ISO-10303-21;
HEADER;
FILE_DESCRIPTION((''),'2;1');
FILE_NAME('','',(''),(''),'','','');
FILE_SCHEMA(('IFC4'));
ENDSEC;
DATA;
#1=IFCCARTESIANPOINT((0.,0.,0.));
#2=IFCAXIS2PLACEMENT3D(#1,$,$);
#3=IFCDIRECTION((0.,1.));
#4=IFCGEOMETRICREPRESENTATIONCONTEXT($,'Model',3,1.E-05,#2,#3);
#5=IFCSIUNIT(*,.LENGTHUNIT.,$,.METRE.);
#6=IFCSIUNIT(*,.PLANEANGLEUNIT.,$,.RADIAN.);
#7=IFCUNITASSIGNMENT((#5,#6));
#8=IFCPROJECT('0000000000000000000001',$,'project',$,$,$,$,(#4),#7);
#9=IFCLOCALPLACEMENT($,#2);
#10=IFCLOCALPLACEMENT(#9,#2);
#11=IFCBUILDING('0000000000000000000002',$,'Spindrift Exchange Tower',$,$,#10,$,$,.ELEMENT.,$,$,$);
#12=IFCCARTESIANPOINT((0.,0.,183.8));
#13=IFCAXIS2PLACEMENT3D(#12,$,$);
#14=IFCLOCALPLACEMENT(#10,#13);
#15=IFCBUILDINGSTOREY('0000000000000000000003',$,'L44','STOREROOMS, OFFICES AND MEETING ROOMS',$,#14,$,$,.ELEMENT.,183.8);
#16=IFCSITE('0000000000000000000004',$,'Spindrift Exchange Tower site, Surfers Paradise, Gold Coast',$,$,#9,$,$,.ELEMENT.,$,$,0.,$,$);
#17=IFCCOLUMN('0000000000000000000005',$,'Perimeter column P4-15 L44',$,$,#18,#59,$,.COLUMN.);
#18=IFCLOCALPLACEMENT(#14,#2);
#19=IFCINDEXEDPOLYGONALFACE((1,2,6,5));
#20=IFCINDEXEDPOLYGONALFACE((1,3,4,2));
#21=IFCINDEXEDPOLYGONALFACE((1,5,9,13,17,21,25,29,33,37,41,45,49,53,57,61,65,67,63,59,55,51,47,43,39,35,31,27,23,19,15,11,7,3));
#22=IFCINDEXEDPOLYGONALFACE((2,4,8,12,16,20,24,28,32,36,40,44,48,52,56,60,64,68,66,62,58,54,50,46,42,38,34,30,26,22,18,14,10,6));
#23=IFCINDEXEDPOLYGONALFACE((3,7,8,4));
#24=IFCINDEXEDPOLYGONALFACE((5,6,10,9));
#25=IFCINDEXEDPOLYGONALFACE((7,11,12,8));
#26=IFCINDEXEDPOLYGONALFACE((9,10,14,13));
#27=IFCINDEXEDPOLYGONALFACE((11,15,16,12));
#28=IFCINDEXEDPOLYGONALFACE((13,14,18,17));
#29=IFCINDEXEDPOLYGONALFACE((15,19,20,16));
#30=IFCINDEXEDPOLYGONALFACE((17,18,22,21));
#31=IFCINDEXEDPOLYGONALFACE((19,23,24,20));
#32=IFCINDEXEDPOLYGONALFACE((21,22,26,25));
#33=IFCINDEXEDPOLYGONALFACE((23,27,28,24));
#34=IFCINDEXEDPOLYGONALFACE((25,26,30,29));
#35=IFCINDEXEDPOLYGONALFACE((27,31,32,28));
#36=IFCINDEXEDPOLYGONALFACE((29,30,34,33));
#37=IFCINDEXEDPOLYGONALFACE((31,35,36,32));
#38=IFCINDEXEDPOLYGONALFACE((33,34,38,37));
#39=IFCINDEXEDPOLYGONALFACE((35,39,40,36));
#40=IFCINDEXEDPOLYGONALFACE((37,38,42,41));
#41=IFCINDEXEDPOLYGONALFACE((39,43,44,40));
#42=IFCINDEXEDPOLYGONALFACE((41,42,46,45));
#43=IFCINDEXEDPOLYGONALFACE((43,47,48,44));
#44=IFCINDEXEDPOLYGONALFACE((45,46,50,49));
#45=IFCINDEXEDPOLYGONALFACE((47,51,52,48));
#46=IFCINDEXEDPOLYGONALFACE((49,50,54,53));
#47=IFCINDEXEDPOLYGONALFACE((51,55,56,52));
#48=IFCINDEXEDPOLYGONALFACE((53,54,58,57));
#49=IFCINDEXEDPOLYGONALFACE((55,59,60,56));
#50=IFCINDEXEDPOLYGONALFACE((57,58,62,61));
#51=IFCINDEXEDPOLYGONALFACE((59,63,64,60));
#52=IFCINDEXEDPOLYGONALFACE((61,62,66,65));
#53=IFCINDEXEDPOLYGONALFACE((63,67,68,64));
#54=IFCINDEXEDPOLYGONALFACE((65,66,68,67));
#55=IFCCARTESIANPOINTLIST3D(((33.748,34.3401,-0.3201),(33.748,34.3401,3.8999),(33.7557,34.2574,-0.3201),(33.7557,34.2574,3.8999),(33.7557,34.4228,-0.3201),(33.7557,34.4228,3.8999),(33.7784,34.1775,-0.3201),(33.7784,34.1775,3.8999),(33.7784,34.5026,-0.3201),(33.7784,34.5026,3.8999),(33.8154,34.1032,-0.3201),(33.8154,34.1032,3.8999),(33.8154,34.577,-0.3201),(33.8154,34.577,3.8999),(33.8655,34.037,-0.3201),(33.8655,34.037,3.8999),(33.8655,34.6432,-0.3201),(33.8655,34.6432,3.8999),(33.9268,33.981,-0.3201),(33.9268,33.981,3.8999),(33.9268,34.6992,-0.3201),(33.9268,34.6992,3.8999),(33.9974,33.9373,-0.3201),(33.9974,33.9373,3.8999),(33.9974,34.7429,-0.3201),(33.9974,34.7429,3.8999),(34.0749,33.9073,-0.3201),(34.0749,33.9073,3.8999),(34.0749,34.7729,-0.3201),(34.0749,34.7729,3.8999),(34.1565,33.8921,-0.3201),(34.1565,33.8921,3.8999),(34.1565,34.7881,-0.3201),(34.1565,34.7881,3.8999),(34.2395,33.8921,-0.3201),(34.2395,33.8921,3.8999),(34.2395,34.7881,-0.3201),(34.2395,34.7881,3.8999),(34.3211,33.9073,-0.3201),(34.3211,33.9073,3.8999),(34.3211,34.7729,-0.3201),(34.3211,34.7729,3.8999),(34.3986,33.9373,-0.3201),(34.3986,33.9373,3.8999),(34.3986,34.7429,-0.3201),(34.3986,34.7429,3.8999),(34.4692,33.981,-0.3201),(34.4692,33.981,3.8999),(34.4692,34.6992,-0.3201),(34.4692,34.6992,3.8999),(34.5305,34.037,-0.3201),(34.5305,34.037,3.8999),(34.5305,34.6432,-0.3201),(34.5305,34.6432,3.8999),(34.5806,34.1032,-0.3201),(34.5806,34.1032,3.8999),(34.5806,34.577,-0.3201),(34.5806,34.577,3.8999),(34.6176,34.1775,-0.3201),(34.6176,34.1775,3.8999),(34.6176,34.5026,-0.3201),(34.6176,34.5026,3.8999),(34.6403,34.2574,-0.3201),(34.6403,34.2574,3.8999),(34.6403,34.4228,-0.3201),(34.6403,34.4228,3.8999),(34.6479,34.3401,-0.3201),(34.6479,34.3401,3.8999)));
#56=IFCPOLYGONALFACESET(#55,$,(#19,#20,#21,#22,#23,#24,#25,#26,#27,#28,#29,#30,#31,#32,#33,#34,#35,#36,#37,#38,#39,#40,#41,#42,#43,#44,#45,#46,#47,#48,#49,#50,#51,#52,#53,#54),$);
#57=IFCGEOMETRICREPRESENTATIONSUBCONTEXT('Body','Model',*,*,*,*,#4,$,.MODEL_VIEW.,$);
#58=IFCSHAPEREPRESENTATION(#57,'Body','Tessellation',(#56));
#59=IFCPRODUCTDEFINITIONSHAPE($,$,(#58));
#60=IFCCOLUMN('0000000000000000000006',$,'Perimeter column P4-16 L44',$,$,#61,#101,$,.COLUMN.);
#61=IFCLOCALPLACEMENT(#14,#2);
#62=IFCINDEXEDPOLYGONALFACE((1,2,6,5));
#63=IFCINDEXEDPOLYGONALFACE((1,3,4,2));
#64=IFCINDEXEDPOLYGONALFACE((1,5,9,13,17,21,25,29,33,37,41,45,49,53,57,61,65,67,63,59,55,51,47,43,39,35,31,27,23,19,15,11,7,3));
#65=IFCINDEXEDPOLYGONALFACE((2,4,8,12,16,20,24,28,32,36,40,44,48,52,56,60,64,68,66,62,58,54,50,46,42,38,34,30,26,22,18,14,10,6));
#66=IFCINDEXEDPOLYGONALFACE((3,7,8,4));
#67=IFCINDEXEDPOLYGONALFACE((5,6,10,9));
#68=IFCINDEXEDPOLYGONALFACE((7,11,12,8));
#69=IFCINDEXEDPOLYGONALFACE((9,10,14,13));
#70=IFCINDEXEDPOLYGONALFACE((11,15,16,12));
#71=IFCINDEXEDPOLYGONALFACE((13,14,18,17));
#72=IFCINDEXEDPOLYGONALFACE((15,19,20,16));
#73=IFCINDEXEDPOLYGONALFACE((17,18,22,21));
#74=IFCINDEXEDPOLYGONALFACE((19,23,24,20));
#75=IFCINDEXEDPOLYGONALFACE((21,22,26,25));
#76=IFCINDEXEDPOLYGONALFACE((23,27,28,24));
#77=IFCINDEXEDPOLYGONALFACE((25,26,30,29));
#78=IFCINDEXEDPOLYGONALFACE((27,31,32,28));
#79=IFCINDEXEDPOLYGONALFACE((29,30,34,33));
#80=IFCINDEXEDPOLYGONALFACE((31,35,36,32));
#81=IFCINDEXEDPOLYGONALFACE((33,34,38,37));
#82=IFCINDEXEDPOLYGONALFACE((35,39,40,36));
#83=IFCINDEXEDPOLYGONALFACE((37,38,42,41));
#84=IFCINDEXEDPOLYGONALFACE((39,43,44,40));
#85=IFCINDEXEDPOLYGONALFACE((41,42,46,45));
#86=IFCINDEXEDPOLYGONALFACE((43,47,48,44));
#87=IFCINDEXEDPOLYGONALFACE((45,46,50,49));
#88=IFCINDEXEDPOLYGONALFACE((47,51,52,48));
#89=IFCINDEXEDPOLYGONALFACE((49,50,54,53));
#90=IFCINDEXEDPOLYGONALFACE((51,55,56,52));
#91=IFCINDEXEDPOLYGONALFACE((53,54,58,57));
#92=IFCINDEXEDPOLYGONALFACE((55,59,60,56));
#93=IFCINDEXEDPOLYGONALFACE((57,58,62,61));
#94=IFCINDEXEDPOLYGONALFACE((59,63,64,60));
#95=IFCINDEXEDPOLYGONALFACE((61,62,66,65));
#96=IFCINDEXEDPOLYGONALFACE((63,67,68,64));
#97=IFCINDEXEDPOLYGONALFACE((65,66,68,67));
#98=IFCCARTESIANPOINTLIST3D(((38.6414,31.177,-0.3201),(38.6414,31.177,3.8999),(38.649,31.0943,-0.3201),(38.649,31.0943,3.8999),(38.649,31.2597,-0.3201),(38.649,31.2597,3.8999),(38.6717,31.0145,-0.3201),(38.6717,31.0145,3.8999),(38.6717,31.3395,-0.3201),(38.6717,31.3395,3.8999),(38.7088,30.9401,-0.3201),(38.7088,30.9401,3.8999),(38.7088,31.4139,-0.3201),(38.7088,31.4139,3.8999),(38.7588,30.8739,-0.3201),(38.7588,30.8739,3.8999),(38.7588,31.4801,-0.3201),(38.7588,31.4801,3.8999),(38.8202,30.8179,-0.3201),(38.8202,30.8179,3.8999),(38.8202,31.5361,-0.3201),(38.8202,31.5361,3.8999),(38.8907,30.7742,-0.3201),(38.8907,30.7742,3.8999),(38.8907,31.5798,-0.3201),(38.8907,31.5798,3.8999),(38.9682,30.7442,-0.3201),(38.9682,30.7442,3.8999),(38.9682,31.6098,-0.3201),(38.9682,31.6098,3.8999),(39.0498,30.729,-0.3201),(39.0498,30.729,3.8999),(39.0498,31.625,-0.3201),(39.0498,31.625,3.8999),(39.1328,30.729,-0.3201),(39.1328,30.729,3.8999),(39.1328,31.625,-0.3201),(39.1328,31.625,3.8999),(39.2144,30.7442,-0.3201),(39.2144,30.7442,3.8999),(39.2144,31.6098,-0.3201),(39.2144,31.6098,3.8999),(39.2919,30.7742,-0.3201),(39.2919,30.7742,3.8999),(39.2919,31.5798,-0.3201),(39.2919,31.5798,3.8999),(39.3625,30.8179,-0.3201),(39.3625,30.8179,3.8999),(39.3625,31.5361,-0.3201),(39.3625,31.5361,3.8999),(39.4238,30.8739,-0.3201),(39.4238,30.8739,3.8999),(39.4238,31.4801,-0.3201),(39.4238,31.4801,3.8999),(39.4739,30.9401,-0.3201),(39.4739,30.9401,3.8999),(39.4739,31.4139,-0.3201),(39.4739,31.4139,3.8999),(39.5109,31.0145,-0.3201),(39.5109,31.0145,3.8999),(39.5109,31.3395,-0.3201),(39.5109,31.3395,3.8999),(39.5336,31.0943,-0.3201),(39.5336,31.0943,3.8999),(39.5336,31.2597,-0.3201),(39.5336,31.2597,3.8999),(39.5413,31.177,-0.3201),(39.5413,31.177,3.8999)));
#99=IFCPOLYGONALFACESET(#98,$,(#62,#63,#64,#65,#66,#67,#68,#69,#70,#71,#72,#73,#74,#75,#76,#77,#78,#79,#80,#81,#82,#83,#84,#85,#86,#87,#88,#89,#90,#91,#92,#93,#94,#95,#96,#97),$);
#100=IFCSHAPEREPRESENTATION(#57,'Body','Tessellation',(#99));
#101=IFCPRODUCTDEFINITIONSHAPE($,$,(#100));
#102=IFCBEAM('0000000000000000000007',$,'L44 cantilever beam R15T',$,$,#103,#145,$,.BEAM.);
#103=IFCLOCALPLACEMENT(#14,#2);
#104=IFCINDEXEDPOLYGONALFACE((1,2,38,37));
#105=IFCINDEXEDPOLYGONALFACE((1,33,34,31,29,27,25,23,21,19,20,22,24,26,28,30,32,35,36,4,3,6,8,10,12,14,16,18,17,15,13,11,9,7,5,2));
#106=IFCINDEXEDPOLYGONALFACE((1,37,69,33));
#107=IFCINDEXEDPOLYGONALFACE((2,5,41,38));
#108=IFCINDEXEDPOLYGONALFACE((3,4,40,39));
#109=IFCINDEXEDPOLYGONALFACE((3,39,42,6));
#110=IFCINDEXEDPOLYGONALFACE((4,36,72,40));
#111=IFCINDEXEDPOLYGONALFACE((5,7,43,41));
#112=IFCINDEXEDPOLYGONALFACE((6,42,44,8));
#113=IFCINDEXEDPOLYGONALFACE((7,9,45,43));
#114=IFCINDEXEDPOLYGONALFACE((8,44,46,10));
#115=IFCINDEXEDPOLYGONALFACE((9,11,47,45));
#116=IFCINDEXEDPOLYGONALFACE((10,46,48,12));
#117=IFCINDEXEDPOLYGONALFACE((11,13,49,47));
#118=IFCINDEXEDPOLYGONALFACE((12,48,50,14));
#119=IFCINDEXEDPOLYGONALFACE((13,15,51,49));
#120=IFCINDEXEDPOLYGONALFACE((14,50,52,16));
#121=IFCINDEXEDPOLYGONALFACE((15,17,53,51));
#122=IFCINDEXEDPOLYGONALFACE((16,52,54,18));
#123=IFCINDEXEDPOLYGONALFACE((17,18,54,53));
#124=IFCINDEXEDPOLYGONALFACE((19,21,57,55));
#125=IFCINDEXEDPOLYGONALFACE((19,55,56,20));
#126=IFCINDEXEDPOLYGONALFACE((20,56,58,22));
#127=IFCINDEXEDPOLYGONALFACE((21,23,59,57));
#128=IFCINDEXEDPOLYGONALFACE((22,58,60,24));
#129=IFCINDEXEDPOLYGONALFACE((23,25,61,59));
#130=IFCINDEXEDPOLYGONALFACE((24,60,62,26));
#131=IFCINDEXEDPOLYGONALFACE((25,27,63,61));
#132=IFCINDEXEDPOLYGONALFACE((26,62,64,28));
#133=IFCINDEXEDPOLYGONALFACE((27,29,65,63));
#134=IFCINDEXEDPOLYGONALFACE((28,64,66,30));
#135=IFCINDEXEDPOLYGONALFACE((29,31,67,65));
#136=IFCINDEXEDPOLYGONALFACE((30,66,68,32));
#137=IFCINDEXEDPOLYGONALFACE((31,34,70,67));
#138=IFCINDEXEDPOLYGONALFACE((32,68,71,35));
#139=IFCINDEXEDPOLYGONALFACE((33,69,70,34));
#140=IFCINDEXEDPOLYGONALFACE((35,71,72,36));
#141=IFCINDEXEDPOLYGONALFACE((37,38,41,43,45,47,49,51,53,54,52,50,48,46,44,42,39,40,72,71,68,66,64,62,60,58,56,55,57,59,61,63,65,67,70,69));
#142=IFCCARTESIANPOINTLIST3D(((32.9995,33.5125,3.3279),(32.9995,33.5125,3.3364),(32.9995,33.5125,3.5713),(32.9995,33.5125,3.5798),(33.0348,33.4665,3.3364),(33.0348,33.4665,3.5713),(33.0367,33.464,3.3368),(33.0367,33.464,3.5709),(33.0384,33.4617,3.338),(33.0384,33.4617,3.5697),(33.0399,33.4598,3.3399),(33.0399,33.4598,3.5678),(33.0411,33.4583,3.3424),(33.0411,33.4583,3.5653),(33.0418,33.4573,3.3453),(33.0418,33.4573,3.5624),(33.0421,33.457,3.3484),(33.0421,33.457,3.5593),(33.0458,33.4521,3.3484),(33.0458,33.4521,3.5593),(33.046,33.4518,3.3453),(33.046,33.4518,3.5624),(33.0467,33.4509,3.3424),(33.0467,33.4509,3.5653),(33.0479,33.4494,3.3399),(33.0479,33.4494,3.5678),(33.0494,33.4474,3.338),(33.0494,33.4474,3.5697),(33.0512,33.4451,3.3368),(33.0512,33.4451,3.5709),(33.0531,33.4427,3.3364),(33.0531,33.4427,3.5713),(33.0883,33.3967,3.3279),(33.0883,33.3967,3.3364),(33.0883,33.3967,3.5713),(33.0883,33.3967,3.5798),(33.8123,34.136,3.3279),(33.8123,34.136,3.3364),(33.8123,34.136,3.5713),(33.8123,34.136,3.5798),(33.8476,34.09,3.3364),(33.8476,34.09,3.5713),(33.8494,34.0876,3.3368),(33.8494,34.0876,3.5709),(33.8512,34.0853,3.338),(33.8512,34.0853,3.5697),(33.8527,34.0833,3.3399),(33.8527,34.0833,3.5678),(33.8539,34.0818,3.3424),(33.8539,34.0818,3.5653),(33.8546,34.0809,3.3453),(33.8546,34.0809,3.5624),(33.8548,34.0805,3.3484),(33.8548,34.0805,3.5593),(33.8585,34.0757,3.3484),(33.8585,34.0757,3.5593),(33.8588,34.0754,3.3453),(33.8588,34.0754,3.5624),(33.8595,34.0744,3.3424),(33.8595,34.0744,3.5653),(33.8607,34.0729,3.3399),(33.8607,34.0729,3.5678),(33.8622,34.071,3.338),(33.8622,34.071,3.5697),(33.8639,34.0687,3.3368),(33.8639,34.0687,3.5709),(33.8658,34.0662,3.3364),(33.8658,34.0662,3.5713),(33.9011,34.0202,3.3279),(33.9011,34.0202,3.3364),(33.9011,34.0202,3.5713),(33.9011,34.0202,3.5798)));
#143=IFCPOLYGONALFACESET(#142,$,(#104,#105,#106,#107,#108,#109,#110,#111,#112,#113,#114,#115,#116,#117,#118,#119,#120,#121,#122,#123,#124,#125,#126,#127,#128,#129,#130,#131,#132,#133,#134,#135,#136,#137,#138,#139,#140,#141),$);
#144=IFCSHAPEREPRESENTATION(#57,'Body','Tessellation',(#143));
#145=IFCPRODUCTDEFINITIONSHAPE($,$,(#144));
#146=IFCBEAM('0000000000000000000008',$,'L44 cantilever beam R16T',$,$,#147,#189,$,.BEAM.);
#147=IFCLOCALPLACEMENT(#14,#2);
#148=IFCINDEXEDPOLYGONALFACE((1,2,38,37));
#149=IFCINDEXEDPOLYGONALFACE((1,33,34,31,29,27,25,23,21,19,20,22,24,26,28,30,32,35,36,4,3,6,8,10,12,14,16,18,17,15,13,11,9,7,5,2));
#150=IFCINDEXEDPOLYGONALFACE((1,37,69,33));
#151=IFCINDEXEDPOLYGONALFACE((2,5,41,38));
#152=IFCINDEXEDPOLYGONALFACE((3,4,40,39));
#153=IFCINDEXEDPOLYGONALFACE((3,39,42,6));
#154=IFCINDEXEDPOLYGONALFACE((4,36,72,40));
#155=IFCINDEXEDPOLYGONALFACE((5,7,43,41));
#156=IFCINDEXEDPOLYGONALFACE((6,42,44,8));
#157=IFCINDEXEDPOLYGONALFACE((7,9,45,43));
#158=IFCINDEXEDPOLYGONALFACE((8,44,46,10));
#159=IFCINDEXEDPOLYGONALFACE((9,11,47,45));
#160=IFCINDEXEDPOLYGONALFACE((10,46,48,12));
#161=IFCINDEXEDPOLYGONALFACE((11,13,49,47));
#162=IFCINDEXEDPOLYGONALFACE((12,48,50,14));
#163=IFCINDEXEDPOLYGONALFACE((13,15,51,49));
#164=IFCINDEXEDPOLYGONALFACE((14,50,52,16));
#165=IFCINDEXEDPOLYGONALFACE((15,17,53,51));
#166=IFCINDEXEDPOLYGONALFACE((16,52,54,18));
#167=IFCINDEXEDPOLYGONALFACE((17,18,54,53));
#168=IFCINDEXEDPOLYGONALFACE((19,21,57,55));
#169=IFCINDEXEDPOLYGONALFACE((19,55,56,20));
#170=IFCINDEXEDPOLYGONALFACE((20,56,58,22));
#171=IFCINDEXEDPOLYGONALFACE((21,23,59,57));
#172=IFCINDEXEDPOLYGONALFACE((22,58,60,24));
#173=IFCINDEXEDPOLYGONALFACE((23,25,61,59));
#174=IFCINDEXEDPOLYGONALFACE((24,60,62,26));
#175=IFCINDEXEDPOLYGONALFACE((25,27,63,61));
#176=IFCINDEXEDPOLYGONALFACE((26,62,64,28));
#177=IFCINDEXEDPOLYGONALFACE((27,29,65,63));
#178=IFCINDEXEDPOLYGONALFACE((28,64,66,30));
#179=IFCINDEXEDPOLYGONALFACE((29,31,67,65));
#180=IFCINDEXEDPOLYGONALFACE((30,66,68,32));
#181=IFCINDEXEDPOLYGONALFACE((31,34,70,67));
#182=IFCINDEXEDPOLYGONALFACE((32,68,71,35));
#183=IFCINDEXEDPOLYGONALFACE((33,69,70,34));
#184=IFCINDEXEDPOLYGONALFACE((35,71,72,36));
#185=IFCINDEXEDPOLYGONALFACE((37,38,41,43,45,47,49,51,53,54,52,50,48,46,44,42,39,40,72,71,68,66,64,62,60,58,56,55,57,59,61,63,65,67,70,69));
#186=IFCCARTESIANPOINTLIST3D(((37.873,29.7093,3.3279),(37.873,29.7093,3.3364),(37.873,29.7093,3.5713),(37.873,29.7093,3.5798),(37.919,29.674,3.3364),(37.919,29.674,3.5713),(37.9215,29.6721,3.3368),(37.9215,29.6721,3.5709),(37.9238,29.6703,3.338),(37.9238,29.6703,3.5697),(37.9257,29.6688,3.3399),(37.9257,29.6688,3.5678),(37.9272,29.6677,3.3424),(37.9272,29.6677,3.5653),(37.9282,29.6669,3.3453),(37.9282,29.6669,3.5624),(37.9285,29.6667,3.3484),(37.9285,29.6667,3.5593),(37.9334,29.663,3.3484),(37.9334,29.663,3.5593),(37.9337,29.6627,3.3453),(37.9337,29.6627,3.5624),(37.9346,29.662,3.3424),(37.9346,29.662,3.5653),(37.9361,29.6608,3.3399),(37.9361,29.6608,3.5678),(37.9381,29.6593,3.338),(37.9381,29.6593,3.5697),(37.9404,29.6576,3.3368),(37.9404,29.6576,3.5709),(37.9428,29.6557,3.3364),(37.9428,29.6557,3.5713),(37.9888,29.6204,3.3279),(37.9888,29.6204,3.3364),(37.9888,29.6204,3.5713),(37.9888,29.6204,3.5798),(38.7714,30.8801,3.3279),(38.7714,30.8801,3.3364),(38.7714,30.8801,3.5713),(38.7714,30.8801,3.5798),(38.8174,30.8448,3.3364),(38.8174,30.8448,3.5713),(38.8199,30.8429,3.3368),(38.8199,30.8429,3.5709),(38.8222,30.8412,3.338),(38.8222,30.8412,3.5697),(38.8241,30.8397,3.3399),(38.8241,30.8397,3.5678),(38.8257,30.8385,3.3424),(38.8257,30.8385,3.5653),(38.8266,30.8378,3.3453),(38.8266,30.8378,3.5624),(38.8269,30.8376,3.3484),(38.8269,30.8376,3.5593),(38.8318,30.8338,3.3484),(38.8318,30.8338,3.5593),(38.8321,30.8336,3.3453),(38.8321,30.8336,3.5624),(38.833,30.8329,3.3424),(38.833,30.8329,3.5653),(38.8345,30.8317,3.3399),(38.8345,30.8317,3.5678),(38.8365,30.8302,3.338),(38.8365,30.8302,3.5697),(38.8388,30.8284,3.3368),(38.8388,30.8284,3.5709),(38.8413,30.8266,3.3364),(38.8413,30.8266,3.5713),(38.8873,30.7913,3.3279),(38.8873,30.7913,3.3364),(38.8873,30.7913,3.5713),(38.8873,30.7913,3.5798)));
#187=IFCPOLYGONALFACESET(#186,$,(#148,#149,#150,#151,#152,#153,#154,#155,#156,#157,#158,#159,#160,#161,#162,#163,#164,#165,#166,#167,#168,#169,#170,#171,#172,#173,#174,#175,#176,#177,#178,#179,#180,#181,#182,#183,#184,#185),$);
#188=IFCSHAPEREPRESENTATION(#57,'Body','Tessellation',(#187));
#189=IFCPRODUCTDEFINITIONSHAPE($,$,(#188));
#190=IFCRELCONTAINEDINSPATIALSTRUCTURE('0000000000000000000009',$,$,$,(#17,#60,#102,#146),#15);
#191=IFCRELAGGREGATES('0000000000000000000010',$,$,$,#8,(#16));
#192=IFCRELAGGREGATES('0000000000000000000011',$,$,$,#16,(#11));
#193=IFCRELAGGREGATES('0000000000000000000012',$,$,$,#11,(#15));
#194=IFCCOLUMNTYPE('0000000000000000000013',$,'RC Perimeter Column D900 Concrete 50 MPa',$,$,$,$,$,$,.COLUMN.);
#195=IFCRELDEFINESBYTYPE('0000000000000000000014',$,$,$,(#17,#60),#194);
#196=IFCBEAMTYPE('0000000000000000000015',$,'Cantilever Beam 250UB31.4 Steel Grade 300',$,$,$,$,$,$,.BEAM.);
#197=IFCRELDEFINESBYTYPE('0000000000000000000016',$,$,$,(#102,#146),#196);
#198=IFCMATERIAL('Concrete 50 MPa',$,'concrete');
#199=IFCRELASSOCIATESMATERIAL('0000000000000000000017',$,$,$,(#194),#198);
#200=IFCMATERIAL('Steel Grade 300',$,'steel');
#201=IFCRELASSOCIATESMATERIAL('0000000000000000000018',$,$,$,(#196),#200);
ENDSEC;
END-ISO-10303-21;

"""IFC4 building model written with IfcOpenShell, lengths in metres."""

from ifc_helpers import new_model, si_unit, direction, frame, origin, origin_2d, place, context, subcontext, project, spatial, circle, i_section, extrude, source, transform, mapped, material, material_profile, profile_set, type_object, element, save


model = new_model("IFC4")

# Units and contexts
model_context = context("Model", 3, precision=1e-05, world=origin(), true_north=direction((0.0, 1.0)))
body_context = subcontext(model_context, "Body", "Model", "MODEL_VIEW")
ifc_project = project(units=[si_unit("LENGTHUNIT", "METRE"), si_unit("PLANEANGLEUNIT", "RADIAN")], contexts=[model_context])

# Site, building, storey
site_placement = place(None, origin())
site = spatial("IfcSite", under=ifc_project, at=site_placement, Name="Spindrift Exchange Tower site, Surfers Paradise, Gold Coast", CompositionType="ELEMENT", RefElevation=0.0)
building_placement = place(site_placement, origin())
building = spatial("IfcBuilding", under=site, at=building_placement, Name="Spindrift Exchange Tower", CompositionType="ELEMENT")
storey_placement = place(building_placement, frame((0.0, 0.0, 183.8)))
storey = spatial("IfcBuildingStorey", under=building, at=storey_placement, Name="L44", Description="STOREROOMS, OFFICES AND MEETING ROOMS", CompositionType="ELEMENT", Elevation=183.8)

# Columns
ifc_material_1 = material(Name="Concrete 50 MPa", Category="concrete")
ifc_material_profile_1 = material_profile(ifc_material_1, circle(Radius=0.45, at=origin_2d()), Name="RC D900")
ifc_profile_set_1 = profile_set([ifc_material_profile_1], Name="Concrete 50 MPa")
column_type = type_object("IfcColumnType", Name="RC Perimeter Column D900 Concrete 50 MPa", PredefinedType="COLUMN", material=ifc_profile_set_1)
shared_shape_1 = source(origin(), body_context, "Body", "SweptSolid", [
    extrude(circle(Radius=0.45, at=origin_2d()), origin(), (0.0, 0.0, 1.0), 4.22),
])
for number, where, z_axis, x_axis, name in (
    (1, (34.198, 34.3401, -0.3201), (0.0, 0.0, 1.0), (1.0, 0.0, 0.0), "Perimeter column P4-15 L44"),
    (2, (39.0913, 31.177, -0.3201), (0.0, 0.0, 1.0), (1.0, 0.0, 0.0), "Perimeter column P4-16 L44"),
):
    element("IfcColumn", number, at=place(storey_placement, frame(where, z_axis=z_axis, x_axis=x_axis)), inside=storey, type_object=column_type, Name=name, PredefinedType="COLUMN", context=body_context, shape_type="MappedRepresentation", body=[
        mapped(shared_shape_1, transform((0.0, 0.0, 0.0), scale=1.0)),
    ])

# Beams
ifc_material_2 = material(Name="Steel Grade 300", Category="steel")
ifc_material_profile_2 = material_profile(ifc_material_2, i_section(OverallWidth=0.146, OverallDepth=0.252, WebThickness=0.0061, FlangeThickness=0.0085, FilletRadius=0.012, at=origin_2d()), Name="250UB31.4")
ifc_profile_set_2 = profile_set([ifc_material_profile_2], Name="Steel Grade 300")
beam_type_1 = type_object("IfcBeamType", Name="Cantilever Beam 250UB31.4 Steel Grade 300", PredefinedType="BEAM", material=ifc_profile_set_2)
shared_shape_2 = source(origin(), body_context, "Body", "SweptSolid", [
    extrude(i_section(OverallWidth=0.146, OverallDepth=0.252, WebThickness=0.0061, FlangeThickness=0.0085, FilletRadius=0.012, at=origin_2d()), origin(), (0.0, 0.0, 1.0), 1.0244),
])
beam_1_placement = place(storey_placement, frame((33.8567, 34.0781, 3.4539), z_axis=(-0.793403, -0.608697, 0.0), x_axis=(0.608697, -0.793403, 0.0)))
element("IfcBeam", 3, at=beam_1_placement, inside=storey, type_object=beam_type_1, Name="L44 cantilever beam R15T", PredefinedType="BEAM", context=body_context, shape_type="MappedRepresentation", body=[
    mapped(shared_shape_2, transform((0.0, 0.0, 0.0), scale=1.0)),
])
shared_shape_3 = source(origin(), body_context, "Body", "SweptSolid", [
    extrude(i_section(OverallWidth=0.146, OverallDepth=0.252, WebThickness=0.0061, FlangeThickness=0.0085, FilletRadius=0.012, at=origin_2d()), origin(), (0.0, 0.0, 1.0), 1.4758),
])
beam_2_placement = place(storey_placement, frame((38.8293, 30.8357, 3.4539), z_axis=(-0.608751, -0.793361, 0.0), x_axis=(0.793361, -0.608751, 0.0)))
element("IfcBeam", 4, at=beam_2_placement, inside=storey, type_object=beam_type_1, Name="L44 cantilever beam R16T", PredefinedType="BEAM", context=body_context, shape_type="MappedRepresentation", body=[
    mapped(shared_shape_3, transform((0.0, 0.0, 0.0), scale=1.0)),
])

save(model, "model.ifc")
